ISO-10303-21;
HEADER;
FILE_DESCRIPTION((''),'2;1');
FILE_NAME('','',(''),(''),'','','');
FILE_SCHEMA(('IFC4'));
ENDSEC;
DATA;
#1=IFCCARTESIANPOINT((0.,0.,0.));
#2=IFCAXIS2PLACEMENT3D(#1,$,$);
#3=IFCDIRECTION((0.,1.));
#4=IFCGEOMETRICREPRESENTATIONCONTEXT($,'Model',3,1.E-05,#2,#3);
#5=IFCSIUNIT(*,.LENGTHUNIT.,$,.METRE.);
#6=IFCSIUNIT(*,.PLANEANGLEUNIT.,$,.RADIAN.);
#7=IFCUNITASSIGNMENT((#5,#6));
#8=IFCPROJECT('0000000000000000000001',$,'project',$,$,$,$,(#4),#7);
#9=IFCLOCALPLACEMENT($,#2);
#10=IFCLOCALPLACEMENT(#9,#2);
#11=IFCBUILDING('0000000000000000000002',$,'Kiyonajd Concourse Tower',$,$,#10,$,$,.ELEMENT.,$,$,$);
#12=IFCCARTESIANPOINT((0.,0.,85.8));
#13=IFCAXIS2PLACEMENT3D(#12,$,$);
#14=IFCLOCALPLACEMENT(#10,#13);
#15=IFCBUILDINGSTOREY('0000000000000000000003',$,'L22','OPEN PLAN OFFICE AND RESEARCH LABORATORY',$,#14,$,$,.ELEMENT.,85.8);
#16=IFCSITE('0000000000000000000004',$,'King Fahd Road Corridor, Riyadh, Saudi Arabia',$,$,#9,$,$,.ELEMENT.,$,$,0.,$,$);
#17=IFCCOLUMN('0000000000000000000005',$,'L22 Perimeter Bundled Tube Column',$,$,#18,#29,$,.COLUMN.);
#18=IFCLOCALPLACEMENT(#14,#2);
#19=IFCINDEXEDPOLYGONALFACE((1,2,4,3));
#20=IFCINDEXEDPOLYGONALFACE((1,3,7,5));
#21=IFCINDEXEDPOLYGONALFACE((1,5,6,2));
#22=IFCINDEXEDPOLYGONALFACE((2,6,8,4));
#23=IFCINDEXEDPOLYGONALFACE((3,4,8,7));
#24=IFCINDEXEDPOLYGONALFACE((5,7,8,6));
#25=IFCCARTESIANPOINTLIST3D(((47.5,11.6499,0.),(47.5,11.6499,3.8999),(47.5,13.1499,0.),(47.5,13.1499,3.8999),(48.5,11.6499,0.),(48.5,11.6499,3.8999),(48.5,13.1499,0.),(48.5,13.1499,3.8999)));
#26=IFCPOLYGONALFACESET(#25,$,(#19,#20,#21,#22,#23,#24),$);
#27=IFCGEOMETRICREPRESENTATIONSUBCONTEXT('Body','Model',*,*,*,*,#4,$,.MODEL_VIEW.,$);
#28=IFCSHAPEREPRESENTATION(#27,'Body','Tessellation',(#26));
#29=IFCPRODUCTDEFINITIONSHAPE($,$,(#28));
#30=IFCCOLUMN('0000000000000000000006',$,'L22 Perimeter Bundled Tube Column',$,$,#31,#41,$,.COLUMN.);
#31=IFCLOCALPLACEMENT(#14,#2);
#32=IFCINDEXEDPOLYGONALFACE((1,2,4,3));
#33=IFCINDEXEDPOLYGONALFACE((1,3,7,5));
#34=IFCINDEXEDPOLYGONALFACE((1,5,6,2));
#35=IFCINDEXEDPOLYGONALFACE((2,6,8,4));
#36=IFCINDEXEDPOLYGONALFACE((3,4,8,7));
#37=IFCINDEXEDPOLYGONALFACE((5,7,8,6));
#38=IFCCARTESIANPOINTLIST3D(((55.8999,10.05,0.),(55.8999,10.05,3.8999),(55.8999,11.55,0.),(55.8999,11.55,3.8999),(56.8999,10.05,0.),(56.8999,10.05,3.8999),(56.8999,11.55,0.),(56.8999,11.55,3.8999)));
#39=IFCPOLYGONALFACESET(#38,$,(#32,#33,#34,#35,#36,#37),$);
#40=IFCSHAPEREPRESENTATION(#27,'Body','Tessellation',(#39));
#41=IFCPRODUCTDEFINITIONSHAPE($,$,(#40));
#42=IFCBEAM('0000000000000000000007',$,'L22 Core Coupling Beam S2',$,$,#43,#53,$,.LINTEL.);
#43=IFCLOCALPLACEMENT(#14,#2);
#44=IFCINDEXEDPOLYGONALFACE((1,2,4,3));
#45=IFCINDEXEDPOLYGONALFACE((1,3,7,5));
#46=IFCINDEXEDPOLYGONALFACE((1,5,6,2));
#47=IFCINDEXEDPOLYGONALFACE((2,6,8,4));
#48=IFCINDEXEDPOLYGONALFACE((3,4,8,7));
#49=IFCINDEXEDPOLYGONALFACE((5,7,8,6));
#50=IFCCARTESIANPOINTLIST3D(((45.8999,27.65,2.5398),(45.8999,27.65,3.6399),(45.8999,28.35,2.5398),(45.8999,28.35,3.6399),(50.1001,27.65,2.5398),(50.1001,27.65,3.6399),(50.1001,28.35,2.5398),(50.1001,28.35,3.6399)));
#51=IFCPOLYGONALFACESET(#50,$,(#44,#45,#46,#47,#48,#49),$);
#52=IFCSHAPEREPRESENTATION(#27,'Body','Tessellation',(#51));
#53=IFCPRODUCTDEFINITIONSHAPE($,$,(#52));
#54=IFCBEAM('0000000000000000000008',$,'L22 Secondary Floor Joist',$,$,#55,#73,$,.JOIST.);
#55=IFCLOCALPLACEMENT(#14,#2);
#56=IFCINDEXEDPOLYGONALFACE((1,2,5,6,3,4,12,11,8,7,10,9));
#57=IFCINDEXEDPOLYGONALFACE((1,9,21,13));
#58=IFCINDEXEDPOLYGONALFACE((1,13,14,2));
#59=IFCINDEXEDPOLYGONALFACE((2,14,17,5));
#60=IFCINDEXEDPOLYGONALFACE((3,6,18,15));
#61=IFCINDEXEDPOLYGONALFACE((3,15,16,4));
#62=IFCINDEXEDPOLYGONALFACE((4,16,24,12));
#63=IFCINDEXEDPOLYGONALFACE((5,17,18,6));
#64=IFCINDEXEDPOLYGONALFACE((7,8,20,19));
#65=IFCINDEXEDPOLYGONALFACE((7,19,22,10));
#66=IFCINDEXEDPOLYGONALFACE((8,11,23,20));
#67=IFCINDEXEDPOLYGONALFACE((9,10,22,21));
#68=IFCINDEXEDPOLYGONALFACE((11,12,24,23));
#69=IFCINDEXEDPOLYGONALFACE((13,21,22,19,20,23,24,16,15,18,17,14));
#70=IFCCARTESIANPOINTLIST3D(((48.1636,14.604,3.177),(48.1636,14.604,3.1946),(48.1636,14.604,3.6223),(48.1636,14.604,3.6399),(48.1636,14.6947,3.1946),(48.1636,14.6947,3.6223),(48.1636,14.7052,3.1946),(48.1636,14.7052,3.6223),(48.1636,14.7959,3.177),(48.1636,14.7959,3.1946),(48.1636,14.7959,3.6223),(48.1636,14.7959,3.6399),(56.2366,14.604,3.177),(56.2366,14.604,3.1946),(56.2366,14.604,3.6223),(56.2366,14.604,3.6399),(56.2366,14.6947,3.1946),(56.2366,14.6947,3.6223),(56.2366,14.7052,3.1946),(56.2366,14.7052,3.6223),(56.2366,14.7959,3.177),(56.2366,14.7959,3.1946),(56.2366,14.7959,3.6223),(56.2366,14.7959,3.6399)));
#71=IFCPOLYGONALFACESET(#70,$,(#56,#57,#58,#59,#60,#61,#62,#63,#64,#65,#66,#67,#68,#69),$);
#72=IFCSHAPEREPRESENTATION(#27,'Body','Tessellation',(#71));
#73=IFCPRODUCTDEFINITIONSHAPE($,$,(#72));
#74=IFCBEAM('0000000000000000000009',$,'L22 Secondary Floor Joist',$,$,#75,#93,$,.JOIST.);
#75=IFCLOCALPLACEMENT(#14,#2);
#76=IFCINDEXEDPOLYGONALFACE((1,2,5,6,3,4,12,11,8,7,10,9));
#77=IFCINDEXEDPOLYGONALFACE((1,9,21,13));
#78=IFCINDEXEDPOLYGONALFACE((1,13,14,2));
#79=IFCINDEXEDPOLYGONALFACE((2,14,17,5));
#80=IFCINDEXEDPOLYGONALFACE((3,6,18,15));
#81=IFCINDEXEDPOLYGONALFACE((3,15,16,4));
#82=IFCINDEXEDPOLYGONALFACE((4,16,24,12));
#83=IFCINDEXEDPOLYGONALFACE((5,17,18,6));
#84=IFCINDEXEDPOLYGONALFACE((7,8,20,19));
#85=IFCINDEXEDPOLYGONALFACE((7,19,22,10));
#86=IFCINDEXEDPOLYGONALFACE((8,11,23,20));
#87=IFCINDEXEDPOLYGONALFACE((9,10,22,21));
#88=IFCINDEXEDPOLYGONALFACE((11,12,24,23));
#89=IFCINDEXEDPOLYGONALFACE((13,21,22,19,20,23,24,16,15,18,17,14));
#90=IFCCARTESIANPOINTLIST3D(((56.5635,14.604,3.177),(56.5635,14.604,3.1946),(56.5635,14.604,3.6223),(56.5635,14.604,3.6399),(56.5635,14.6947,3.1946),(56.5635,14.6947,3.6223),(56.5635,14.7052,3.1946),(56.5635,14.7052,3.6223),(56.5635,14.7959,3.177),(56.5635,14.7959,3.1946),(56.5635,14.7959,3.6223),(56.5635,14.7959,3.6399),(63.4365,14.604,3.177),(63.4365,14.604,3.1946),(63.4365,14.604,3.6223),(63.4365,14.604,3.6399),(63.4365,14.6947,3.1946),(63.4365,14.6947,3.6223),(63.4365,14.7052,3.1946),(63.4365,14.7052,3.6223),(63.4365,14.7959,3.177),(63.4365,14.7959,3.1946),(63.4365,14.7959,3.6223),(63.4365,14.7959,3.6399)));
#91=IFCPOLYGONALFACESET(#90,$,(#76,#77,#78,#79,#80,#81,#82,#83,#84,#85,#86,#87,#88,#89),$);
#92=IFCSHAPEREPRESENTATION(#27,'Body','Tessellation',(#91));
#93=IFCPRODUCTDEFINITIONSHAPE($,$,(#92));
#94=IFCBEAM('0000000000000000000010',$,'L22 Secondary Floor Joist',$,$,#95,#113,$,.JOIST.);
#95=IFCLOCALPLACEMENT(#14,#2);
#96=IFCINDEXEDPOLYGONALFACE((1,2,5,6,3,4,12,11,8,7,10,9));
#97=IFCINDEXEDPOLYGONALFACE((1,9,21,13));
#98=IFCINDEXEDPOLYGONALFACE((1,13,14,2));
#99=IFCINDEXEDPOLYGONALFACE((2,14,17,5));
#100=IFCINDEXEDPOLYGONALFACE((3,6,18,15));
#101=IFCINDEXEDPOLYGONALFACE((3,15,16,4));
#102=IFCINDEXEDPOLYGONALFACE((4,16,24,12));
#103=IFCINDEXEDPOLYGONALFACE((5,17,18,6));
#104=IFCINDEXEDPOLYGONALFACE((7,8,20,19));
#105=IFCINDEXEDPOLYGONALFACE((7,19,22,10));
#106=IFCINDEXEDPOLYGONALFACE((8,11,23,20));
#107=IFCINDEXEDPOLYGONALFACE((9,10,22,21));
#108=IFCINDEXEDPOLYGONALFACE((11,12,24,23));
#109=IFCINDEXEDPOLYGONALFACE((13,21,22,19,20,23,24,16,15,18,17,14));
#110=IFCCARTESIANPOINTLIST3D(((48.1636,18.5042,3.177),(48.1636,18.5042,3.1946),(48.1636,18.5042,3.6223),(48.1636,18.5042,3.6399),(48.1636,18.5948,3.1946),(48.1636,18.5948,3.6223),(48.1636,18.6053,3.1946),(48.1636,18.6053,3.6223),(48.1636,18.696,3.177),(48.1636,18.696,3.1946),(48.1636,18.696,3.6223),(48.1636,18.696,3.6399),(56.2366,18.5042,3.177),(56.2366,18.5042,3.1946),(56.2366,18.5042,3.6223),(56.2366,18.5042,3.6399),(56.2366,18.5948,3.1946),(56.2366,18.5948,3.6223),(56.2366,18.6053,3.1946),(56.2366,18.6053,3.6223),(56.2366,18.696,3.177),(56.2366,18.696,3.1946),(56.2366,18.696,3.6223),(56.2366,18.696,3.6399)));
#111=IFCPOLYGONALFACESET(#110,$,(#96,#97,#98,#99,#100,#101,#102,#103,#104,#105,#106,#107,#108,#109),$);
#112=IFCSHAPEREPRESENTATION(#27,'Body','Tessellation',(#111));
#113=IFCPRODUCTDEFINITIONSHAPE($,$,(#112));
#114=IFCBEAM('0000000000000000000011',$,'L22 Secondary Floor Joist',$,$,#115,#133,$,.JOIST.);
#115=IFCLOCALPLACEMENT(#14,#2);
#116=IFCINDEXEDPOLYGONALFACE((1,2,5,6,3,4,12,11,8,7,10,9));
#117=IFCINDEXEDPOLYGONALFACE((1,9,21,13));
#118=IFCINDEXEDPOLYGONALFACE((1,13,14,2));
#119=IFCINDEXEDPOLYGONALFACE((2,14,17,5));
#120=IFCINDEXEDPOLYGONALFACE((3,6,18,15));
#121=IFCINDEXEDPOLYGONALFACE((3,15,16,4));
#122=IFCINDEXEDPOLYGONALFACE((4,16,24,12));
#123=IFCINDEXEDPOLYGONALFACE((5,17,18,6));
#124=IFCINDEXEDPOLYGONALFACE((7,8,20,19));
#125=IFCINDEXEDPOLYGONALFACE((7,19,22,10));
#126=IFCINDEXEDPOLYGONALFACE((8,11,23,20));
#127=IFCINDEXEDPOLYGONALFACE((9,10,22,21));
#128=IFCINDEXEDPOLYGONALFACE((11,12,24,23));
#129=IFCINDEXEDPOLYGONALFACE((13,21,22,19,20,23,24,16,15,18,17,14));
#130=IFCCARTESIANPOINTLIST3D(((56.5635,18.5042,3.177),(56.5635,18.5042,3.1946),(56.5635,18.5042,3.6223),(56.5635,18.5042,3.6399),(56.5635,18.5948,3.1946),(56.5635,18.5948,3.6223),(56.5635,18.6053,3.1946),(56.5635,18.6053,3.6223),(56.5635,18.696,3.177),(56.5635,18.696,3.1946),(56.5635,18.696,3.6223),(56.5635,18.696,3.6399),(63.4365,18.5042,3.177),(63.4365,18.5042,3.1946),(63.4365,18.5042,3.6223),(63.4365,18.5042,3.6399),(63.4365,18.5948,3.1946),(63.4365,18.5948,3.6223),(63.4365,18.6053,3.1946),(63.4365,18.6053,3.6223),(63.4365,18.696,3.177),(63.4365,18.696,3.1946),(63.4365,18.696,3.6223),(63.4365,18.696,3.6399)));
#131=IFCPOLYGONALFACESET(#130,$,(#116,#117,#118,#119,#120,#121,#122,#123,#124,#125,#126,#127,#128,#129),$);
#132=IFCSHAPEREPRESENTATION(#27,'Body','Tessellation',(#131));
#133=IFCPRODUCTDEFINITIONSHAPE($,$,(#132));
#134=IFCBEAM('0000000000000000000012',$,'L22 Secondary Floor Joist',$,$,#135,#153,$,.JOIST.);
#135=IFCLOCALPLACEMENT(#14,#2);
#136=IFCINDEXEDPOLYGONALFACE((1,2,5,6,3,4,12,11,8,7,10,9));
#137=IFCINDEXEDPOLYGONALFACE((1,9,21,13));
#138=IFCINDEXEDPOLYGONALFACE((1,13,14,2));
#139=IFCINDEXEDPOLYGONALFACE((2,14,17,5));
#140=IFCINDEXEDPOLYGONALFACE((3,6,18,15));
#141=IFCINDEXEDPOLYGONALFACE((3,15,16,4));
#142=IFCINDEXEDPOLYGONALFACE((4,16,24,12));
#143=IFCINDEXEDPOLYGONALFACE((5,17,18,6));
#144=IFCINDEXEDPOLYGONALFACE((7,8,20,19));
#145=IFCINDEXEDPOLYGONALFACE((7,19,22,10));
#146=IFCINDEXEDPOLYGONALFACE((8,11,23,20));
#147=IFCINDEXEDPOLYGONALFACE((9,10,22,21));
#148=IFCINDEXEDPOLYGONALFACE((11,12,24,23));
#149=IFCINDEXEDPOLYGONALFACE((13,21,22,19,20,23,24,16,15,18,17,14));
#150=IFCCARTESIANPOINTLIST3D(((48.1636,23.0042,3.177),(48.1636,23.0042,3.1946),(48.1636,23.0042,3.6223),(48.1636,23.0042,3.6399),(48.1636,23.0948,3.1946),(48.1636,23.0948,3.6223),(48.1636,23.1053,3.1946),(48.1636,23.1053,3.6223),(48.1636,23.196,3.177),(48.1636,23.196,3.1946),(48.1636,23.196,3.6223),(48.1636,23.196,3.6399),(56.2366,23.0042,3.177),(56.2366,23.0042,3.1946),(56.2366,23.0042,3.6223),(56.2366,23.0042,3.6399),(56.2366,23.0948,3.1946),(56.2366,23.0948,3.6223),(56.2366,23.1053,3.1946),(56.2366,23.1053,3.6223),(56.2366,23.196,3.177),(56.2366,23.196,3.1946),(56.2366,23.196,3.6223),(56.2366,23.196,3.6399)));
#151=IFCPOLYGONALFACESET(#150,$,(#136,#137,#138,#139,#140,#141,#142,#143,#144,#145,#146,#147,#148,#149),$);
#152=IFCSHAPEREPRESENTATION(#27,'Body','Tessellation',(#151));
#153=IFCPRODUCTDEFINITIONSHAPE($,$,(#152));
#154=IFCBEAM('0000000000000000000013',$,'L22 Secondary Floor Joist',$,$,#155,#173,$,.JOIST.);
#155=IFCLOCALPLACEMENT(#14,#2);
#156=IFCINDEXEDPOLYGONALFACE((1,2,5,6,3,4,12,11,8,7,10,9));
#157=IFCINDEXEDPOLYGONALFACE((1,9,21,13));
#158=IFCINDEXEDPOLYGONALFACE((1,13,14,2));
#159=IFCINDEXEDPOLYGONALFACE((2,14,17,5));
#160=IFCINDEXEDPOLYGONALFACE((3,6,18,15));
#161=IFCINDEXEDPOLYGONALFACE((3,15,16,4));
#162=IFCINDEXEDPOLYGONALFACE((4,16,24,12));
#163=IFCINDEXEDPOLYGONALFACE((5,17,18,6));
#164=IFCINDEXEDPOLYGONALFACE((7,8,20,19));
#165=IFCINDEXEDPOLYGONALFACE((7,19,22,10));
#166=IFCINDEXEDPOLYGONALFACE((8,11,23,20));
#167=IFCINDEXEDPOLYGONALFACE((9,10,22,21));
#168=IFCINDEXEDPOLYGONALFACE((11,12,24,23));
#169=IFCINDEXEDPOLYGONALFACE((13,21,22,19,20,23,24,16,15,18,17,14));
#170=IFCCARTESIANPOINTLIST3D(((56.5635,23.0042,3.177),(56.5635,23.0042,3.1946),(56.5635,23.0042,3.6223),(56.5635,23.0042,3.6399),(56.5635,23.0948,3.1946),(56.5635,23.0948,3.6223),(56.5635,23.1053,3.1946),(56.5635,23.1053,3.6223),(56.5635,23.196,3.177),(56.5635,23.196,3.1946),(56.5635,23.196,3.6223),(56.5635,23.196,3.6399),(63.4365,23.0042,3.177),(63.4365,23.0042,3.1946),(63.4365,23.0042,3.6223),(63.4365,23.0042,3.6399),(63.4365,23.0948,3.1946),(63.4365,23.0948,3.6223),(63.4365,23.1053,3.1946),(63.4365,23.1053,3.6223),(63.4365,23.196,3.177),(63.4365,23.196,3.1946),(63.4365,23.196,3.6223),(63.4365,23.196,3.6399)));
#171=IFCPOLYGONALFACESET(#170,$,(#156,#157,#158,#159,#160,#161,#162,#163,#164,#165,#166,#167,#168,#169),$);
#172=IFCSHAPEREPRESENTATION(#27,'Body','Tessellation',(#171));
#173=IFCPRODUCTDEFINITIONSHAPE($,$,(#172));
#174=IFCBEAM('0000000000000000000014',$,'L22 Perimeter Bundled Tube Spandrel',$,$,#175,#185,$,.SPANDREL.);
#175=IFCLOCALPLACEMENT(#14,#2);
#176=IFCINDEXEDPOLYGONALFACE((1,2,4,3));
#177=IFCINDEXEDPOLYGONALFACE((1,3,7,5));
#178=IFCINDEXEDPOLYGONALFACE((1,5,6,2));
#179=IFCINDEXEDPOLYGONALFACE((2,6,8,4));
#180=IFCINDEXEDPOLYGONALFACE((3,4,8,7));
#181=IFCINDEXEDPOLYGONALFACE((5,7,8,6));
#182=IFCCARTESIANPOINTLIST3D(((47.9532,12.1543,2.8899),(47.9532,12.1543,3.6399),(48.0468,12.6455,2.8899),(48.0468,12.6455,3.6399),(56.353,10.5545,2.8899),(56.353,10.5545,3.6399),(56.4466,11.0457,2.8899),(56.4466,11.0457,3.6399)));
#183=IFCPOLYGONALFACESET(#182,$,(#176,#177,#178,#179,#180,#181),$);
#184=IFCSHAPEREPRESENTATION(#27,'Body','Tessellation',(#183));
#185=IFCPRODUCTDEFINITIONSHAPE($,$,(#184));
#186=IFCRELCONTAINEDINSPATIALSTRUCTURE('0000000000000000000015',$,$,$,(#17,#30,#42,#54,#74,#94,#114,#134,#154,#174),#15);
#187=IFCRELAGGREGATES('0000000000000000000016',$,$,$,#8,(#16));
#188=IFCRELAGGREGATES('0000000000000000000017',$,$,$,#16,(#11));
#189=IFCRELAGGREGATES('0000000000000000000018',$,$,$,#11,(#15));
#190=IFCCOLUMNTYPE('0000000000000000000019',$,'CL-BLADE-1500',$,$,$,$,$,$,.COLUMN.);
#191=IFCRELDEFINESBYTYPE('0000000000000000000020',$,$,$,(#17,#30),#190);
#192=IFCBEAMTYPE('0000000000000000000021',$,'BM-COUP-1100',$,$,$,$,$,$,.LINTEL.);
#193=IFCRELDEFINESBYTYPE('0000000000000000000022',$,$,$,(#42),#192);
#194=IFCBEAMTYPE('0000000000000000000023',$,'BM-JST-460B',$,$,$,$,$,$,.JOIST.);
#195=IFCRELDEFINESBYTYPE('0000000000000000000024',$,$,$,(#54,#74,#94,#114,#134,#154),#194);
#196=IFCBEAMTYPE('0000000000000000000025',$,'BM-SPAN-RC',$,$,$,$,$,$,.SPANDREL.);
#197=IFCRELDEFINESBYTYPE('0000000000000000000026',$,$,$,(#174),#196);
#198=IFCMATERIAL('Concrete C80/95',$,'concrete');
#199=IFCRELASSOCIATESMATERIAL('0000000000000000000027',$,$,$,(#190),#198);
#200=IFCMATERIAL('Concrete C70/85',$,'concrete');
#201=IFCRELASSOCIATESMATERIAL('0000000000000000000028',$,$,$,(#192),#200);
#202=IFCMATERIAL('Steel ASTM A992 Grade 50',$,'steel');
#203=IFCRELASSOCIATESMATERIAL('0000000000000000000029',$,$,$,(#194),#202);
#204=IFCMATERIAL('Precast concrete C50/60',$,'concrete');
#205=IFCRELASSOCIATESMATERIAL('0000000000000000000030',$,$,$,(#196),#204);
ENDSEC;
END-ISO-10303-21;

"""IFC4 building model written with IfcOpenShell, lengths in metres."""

from ifc_helpers import new_model, si_unit, direction, frame, origin, origin_2d, place, context, subcontext, project, spatial, rectangle, i_section, extrude, material, material_profile, profile_set, type_object, element, save


model = new_model("IFC4")

# Units and contexts
model_context = context("Model", 3, precision=1e-05, world=origin(), true_north=direction((0.0, 1.0)))
body_context = subcontext(model_context, "Body", "Model", "MODEL_VIEW")
ifc_project = project(units=[si_unit("LENGTHUNIT", "METRE"), si_unit("PLANEANGLEUNIT", "RADIAN")], contexts=[model_context])

# Site, building, storey
site_placement = place(None, origin())
site = spatial("IfcSite", under=ifc_project, at=site_placement, Name="King Fahd Road Corridor, Riyadh, Saudi Arabia", CompositionType="ELEMENT", RefElevation=0.0)
building_placement = place(site_placement, origin())
building = spatial("IfcBuilding", under=site, at=building_placement, Name="Kiyonajd Concourse Tower", CompositionType="ELEMENT")
storey_placement = place(building_placement, frame((0.0, 0.0, 85.8)))
storey = spatial("IfcBuildingStorey", under=building, at=storey_placement, Name="L22", Description="OPEN PLAN OFFICE AND RESEARCH LABORATORY", CompositionType="ELEMENT", Elevation=85.8)

# Columns
ifc_material_1 = material(Name="Concrete C80/95", Category="concrete")
ifc_material_profile_1 = material_profile(ifc_material_1, rectangle(XDim=1.0, YDim=1.5, at=origin_2d()), Name="RC-1500x1000")
ifc_profile_set_1 = profile_set([ifc_material_profile_1], Name="Concrete C80/95")
column_type = type_object("IfcColumnType", Name="CL-BLADE-1500", PredefinedType="COLUMN", material=ifc_profile_set_1)
for number, where, z_axis, x_axis, name in (
    (1, (48.0, 12.3999, 0.0), (0.0, 0.0, 1.0), (1.0, 0.0, 0.0), "L22 Perimeter Bundled Tube Column"),
    (2, (56.3999, 10.8, 0.0), (0.0, 0.0, 1.0), (1.0, 0.0, 0.0), "L22 Perimeter Bundled Tube Column"),
):
    element("IfcColumn", number, at=place(storey_placement, frame(where, z_axis=z_axis, x_axis=x_axis)), inside=storey, type_object=column_type, Name=name, PredefinedType="COLUMN", context=body_context, shape_type="SweptSolid", body=[
        extrude(rectangle(XDim=1.0, YDim=1.5, at=origin_2d()), origin(), (0.0, 0.0, 1.0), 3.8999),
    ])

# Beams
ifc_material_2 = material(Name="Concrete C70/85", Category="concrete")
ifc_material_profile_2 = material_profile(ifc_material_2, rectangle(XDim=0.7, YDim=1.1001, at=origin_2d()), Name="RCBM-700x1100")
ifc_profile_set_2 = profile_set([ifc_material_profile_2], Name="Concrete C70/85")
beam_type_1 = type_object("IfcBeamType", Name="BM-COUP-1100", PredefinedType="LINTEL", material=ifc_profile_set_2)
beam_1_placement = place(storey_placement, frame((45.8999, 28.0, 3.0898), z_axis=(1.0, 0.0, 0.0), x_axis=(0.0, 1.0, 0.0)))
element("IfcBeam", 3, at=beam_1_placement, inside=storey, type_object=beam_type_1, Name="L22 Core Coupling Beam S2", PredefinedType="LINTEL", context=body_context, shape_type="SweptSolid", body=[
    extrude(rectangle(XDim=0.7, YDim=1.1001, at=origin_2d()), origin(), (0.0, 0.0, 1.0), 4.2002),
])
ifc_material_3 = material(Name="Steel ASTM A992 Grade 50", Category="steel")
ifc_material_profile_3 = material_profile(ifc_material_3, i_section(OverallWidth=0.1919, OverallDepth=0.4629, WebThickness=0.0105, FlangeThickness=0.0176, at=origin_2d()), Name="W460X89")
ifc_profile_set_3 = profile_set([ifc_material_profile_3], Name="Steel ASTM A992 Grade 50")
beam_type_2 = type_object("IfcBeamType", Name="BM-JST-460B", PredefinedType="JOIST", material=ifc_profile_set_3)
beam_2_placement = place(storey_placement, frame((48.1636, 14.7, 3.4084), z_axis=(1.0, 0.0, 0.0), x_axis=(0.0, 1.0, 0.0)))
element("IfcBeam", 4, at=beam_2_placement, inside=storey, type_object=beam_type_2, Name="L22 Secondary Floor Joist", PredefinedType="JOIST", context=body_context, shape_type="SweptSolid", body=[
    extrude(i_section(OverallWidth=0.1919, OverallDepth=0.4629, WebThickness=0.0105, FlangeThickness=0.0176, at=origin_2d()), origin(), (0.0, 0.0, 1.0), 8.073),
])
beam_3_placement = place(storey_placement, frame((56.5635, 14.7, 3.4084), z_axis=(1.0, 0.0, 0.0), x_axis=(0.0, 1.0, 0.0)))
element("IfcBeam", 5, at=beam_3_placement, inside=storey, type_object=beam_type_2, Name="L22 Secondary Floor Joist", PredefinedType="JOIST", context=body_context, shape_type="SweptSolid", body=[
    extrude(i_section(OverallWidth=0.1919, OverallDepth=0.4629, WebThickness=0.0105, FlangeThickness=0.0176, at=origin_2d()), origin(), (0.0, 0.0, 1.0), 6.873),
])
beam_4_placement = place(storey_placement, frame((48.1636, 18.6001, 3.4084), z_axis=(1.0, 0.0, 0.0), x_axis=(0.0, 1.0, 0.0)))
element("IfcBeam", 6, at=beam_4_placement, inside=storey, type_object=beam_type_2, Name="L22 Secondary Floor Joist", PredefinedType="JOIST", context=body_context, shape_type="SweptSolid", body=[
    extrude(i_section(OverallWidth=0.1919, OverallDepth=0.4629, WebThickness=0.0105, FlangeThickness=0.0176, at=origin_2d()), origin(), (0.0, 0.0, 1.0), 8.073),
])
beam_5_placement = place(storey_placement, frame((56.5635, 18.6001, 3.4084), z_axis=(1.0, 0.0, 0.0), x_axis=(0.0, 1.0, 0.0)))
element("IfcBeam", 7, at=beam_5_placement, inside=storey, type_object=beam_type_2, Name="L22 Secondary Floor Joist", PredefinedType="JOIST", context=body_context, shape_type="SweptSolid", body=[
    extrude(i_section(OverallWidth=0.1919, OverallDepth=0.4629, WebThickness=0.0105, FlangeThickness=0.0176, at=origin_2d()), origin(), (0.0, 0.0, 1.0), 6.873),
])
beam_6_placement = place(storey_placement, frame((48.1636, 23.1001, 3.4084), z_axis=(1.0, 0.0, 0.0), x_axis=(0.0, 1.0, 0.0)))
element("IfcBeam", 8, at=beam_6_placement, inside=storey, type_object=beam_type_2, Name="L22 Secondary Floor Joist", PredefinedType="JOIST", context=body_context, shape_type="SweptSolid", body=[
    extrude(i_section(OverallWidth=0.1919, OverallDepth=0.4629, WebThickness=0.0105, FlangeThickness=0.0176, at=origin_2d()), origin(), (0.0, 0.0, 1.0), 8.073),
])
beam_7_placement = place(storey_placement, frame((56.5635, 23.1001, 3.4084), z_axis=(1.0, 0.0, 0.0), x_axis=(0.0, 1.0, 0.0)))
element("IfcBeam", 9, at=beam_7_placement, inside=storey, type_object=beam_type_2, Name="L22 Secondary Floor Joist", PredefinedType="JOIST", context=body_context, shape_type="SweptSolid", body=[
    extrude(i_section(OverallWidth=0.1919, OverallDepth=0.4629, WebThickness=0.0105, FlangeThickness=0.0176, at=origin_2d()), origin(), (0.0, 0.0, 1.0), 6.873),
])
ifc_material_4 = material(Name="Precast concrete C50/60", Category="concrete")
ifc_material_profile_4 = material_profile(ifc_material_4, rectangle(XDim=0.5, YDim=0.75, at=origin_2d()), Name="RCBM-500x750")
ifc_profile_set_4 = profile_set([ifc_material_profile_4], Name="Precast concrete C50/60")
beam_type_3 = type_object("IfcBeamType", Name="BM-SPAN-RC", PredefinedType="SPANDREL", material=ifc_profile_set_4)
beam_8_placement = place(storey_placement, frame((48.0, 12.3999, 3.2649), z_axis=(0.982341, -0.187098, 0.0), x_axis=(0.187098, 0.982341, 0.0)))
element("IfcBeam", 10, at=beam_8_placement, inside=storey, type_object=beam_type_3, Name="L22 Perimeter Bundled Tube Spandrel", PredefinedType="SPANDREL", context=body_context, shape_type="SweptSolid", body=[
    extrude(rectangle(XDim=0.5, YDim=0.75, at=origin_2d()), origin(), (0.0, 0.0, 1.0), 8.5508),
])

save(model, "model.ifc")
